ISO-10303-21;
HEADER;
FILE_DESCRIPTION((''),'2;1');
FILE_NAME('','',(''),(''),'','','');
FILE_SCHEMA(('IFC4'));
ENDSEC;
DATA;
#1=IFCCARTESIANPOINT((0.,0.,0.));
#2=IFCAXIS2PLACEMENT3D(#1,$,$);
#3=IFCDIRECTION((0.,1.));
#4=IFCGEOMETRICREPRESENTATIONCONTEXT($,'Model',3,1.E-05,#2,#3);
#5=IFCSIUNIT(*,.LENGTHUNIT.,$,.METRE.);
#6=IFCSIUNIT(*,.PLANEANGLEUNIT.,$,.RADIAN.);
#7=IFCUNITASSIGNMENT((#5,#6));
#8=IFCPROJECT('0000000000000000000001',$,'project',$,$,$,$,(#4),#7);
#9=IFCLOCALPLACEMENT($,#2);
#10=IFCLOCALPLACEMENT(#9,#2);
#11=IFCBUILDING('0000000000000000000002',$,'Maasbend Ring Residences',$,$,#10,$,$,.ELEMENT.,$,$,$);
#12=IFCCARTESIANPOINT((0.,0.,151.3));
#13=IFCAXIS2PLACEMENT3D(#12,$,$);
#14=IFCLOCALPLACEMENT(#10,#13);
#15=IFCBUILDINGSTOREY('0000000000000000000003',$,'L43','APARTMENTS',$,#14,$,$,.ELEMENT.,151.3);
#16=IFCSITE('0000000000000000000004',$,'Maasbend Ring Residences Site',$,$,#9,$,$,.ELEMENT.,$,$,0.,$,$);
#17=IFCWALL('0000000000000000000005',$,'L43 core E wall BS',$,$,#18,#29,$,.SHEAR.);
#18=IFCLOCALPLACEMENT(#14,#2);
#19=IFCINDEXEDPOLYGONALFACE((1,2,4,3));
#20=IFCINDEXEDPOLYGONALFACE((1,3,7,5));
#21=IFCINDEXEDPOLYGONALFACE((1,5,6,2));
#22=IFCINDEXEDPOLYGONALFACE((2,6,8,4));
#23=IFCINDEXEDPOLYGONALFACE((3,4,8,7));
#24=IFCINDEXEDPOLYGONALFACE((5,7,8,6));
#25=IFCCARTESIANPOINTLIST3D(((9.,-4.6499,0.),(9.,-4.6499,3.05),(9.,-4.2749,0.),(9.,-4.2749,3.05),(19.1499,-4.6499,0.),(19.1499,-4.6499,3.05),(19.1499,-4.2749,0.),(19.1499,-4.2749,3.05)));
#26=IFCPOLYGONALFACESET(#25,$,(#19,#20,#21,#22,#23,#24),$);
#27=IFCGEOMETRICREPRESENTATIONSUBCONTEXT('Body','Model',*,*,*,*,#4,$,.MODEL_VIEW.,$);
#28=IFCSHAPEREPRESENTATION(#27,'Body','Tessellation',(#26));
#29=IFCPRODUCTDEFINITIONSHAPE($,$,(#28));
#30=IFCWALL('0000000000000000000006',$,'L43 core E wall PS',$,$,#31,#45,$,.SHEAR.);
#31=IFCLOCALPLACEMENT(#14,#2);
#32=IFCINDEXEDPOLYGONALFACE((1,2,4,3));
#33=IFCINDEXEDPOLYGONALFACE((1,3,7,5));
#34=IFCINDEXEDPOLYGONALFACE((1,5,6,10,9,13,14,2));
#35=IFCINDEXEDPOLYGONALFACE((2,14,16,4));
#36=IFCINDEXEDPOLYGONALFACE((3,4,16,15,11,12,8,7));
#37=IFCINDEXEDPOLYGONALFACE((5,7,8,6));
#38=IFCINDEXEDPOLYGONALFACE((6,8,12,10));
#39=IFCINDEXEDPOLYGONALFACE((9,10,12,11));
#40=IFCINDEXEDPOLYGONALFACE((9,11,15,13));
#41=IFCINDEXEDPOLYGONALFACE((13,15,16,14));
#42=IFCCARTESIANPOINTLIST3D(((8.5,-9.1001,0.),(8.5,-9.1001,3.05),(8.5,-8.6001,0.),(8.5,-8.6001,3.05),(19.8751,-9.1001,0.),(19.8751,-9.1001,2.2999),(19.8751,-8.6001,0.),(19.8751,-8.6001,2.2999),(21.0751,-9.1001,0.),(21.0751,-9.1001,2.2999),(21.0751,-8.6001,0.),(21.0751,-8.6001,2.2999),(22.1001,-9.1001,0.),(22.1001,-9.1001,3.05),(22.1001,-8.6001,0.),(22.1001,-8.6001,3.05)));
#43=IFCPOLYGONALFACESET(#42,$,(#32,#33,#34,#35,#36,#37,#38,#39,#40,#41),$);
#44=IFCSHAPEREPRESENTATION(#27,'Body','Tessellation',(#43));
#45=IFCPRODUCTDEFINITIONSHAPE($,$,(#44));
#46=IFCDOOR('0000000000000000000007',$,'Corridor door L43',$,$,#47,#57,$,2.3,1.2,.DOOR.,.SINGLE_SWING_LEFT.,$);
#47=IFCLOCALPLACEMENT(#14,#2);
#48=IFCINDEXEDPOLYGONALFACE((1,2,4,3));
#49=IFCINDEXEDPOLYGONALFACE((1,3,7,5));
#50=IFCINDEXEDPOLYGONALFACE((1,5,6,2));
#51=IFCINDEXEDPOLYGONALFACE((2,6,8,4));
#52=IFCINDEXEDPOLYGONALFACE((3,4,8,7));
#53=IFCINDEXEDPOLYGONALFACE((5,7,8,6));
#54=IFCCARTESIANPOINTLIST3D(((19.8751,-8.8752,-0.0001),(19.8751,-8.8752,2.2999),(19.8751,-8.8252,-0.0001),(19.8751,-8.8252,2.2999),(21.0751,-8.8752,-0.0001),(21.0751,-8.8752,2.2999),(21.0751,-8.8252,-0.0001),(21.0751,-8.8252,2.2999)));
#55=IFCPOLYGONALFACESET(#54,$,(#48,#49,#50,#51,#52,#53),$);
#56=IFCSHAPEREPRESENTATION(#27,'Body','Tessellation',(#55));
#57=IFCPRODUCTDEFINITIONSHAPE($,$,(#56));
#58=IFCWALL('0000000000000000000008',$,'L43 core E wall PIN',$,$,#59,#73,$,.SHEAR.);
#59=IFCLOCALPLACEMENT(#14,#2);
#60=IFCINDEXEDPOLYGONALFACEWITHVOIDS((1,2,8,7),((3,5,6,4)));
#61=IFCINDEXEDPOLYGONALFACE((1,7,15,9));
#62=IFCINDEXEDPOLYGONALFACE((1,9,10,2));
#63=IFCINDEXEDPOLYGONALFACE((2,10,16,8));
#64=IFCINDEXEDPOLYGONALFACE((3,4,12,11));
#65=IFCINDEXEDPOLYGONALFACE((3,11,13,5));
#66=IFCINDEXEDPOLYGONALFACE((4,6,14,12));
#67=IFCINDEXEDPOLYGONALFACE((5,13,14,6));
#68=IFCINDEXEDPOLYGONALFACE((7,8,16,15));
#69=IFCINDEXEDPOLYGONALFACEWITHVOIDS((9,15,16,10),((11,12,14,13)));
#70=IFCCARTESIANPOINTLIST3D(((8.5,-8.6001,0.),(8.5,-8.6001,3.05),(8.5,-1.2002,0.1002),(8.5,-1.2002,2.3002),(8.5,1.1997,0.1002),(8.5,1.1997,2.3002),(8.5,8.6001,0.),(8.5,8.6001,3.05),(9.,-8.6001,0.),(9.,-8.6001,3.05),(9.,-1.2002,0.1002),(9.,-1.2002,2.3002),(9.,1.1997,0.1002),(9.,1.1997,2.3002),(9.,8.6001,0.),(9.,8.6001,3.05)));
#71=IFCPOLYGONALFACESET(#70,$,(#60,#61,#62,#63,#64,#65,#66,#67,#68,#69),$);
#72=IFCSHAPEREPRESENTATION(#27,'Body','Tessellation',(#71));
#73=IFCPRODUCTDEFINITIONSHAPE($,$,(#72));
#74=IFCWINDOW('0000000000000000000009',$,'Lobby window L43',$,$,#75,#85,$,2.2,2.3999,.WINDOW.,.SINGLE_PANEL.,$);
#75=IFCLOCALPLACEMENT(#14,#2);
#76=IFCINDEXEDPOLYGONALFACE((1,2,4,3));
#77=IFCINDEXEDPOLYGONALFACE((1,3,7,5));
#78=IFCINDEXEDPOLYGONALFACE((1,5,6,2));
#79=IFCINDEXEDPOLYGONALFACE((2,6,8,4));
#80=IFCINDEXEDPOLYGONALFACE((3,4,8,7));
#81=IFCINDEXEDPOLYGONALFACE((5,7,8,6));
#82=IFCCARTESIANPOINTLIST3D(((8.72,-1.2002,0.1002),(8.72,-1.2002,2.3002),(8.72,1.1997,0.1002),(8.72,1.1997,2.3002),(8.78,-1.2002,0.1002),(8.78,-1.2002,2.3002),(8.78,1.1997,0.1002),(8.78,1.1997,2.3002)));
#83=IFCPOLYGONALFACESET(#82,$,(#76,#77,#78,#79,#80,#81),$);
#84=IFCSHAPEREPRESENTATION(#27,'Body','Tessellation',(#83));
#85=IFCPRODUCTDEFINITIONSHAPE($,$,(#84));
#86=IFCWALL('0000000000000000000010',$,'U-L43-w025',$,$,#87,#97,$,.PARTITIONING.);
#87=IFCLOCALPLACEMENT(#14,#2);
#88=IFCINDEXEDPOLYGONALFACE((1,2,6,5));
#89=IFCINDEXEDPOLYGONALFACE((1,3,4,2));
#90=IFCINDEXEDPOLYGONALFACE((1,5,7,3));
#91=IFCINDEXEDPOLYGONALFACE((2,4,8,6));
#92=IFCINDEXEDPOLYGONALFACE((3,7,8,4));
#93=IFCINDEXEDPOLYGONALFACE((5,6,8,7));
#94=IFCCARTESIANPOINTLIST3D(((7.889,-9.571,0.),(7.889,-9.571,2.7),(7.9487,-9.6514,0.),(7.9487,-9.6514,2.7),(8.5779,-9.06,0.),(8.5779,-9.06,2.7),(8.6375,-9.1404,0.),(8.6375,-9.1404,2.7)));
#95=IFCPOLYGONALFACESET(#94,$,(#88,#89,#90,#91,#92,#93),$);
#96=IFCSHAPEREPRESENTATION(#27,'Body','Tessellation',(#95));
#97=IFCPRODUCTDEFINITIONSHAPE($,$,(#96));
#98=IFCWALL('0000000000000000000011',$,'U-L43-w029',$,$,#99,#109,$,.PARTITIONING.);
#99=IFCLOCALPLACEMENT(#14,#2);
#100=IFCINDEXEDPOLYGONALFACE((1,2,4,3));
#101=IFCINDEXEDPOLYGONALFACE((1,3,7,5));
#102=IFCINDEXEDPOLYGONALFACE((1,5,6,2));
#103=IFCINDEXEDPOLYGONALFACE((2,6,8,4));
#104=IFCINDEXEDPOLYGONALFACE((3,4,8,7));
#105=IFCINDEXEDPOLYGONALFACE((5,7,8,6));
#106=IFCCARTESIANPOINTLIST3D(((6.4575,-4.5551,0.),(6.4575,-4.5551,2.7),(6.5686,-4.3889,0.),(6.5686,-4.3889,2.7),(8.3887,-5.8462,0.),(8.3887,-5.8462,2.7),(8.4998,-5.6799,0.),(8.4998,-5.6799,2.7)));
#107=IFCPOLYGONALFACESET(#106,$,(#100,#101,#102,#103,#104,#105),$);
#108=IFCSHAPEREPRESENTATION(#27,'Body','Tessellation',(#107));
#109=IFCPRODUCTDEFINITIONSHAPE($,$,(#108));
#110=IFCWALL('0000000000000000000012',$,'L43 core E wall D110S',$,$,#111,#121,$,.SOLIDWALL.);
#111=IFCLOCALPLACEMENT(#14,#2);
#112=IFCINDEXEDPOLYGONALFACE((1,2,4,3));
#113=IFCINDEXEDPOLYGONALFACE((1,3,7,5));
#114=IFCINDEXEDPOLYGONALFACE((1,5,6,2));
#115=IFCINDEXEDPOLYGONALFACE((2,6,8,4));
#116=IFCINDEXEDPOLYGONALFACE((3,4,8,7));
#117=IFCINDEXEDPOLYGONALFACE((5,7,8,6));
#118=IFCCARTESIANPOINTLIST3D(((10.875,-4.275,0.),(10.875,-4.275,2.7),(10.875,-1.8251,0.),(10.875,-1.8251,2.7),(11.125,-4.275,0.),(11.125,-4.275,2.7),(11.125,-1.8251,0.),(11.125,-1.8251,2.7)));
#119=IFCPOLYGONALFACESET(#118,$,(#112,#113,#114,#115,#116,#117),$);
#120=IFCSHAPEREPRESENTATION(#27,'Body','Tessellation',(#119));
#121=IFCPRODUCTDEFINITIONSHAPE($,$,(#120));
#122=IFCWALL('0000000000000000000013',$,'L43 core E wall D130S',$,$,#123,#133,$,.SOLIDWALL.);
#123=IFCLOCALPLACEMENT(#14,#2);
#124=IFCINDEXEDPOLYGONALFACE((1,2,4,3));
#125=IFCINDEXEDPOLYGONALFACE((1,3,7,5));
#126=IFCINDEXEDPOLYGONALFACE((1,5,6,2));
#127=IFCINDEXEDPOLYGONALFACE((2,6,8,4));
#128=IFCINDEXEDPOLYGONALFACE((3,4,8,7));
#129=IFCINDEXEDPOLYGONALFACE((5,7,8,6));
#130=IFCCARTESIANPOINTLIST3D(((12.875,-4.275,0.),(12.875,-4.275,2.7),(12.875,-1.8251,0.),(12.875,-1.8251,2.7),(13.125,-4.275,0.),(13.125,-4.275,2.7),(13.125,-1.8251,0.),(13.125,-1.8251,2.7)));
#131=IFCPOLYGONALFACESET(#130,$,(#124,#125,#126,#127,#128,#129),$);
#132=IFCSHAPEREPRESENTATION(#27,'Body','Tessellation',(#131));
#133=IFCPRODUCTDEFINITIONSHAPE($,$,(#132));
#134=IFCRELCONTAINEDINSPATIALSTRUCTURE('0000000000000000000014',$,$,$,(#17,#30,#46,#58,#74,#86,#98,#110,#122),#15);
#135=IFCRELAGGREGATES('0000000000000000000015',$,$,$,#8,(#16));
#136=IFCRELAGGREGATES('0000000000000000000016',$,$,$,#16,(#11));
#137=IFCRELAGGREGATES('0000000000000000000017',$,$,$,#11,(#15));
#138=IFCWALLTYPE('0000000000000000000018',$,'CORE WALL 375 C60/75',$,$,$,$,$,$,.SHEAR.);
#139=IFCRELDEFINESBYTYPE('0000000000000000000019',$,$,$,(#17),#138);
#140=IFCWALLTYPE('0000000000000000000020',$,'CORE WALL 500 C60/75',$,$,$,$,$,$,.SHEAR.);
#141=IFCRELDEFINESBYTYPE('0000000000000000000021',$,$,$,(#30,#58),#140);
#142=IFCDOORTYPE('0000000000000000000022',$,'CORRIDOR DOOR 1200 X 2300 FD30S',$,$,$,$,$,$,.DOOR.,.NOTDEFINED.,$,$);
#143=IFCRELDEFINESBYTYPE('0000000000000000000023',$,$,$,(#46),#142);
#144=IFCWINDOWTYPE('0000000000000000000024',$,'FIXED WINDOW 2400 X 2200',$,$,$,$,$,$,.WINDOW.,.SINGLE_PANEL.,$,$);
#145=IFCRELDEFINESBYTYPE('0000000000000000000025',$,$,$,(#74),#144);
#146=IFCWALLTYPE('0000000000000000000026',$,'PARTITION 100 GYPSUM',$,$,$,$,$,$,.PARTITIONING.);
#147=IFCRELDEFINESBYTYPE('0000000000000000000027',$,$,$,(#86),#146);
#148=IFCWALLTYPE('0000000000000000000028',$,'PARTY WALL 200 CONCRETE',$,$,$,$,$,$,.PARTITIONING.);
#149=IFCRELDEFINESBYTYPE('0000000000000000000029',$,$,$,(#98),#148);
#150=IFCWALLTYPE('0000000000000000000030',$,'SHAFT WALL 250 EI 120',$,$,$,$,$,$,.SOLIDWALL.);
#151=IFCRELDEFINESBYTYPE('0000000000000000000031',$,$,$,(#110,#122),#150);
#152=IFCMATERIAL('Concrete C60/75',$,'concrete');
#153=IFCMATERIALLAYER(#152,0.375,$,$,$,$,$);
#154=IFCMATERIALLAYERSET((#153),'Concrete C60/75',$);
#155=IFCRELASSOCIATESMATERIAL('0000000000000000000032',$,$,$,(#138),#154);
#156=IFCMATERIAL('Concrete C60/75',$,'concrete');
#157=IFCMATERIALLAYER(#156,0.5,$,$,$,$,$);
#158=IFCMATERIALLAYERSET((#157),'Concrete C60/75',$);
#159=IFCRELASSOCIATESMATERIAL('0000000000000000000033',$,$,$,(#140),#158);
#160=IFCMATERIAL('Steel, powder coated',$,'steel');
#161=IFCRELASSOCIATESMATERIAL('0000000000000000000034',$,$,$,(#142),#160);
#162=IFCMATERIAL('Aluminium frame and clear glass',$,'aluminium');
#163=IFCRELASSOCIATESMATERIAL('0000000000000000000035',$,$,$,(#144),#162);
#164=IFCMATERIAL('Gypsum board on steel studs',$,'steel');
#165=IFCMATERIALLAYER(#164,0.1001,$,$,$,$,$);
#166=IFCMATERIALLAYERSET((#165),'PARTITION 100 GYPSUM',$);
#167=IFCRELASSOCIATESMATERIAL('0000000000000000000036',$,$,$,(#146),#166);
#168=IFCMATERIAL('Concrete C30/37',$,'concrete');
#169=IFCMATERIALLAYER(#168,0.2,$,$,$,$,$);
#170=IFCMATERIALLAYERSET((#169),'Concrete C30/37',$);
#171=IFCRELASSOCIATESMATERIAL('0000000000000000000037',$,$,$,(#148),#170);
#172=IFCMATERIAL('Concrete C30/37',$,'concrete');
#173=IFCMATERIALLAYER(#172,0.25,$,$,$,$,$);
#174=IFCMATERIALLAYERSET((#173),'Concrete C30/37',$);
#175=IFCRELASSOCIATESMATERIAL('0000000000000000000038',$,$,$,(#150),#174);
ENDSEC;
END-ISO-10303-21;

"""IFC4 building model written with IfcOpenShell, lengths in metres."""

from ifc_helpers import new_model, si_unit, direction, frame, frame_2d, origin, place, context, subcontext, project, spatial, rectangle, extrude, material, layer, layer_set, type_object, element, fill, save


model = new_model("IFC4")

# Units and contexts
model_context = context("Model", 3, precision=1e-05, world=origin(), true_north=direction((0.0, 1.0)))
body_context = subcontext(model_context, "Body", "Model", "MODEL_VIEW")
ifc_project = project(units=[si_unit("LENGTHUNIT", "METRE"), si_unit("PLANEANGLEUNIT", "RADIAN")], contexts=[model_context])

# Site, building, storey
site_placement = place(None, origin())
site = spatial("IfcSite", under=ifc_project, at=site_placement, Name="Maasbend Ring Residences Site", CompositionType="ELEMENT", RefElevation=0.0)
building_placement = place(site_placement, origin())
building = spatial("IfcBuilding", under=site, at=building_placement, Name="Maasbend Ring Residences", CompositionType="ELEMENT")
storey_placement = place(building_placement, frame((0.0, 0.0, 151.3)))
storey = spatial("IfcBuildingStorey", under=building, at=storey_placement, Name="L43", Description="APARTMENTS", CompositionType="ELEMENT", Elevation=151.3)

# Wall
ifc_material_1 = material(Name="Concrete C60/75", Category="concrete")
ifc_layer_1 = layer(ifc_material_1, 0.375)
ifc_layer_set_1 = layer_set([ifc_layer_1], Name="Concrete C60/75")
wall_type_1 = type_object("IfcWallType", Name="CORE WALL 375 C60/75", PredefinedType="SHEAR", material=ifc_layer_set_1)
wall_1_placement = place(storey_placement, frame((9.0, -4.4624, 0.0), z_axis=(0.0, 0.0, 1.0), x_axis=(1.0, 0.0, 0.0)))
element("IfcWall", 1, at=wall_1_placement, inside=storey, type_object=wall_type_1, Name="L43 core E wall BS", PredefinedType="SHEAR", context=body_context, shape_type="SweptSolid", body=[
    extrude(rectangle(XDim=10.1499, YDim=0.375, at=frame_2d((5.075, 0.0))), origin(), (0.0, 0.0, 1.0), 3.05),
])

# Wall, opening, door
ifc_material_2 = material(Name="Concrete C60/75", Category="concrete")
ifc_layer_2 = layer(ifc_material_2, 0.5)
ifc_layer_set_2 = layer_set([ifc_layer_2], Name="Concrete C60/75")
wall_type_2 = type_object("IfcWallType", Name="CORE WALL 500 C60/75", PredefinedType="SHEAR", material=ifc_layer_set_2)
wall_2_placement = place(storey_placement, frame((8.5, -8.8501, 0.0), z_axis=(0.0, 0.0, 1.0), x_axis=(1.0, 0.0, 0.0)))
wall_2 = element("IfcWall", 2, at=wall_2_placement, inside=storey, type_object=wall_type_2, Name="L43 core E wall PS", PredefinedType="SHEAR", context=body_context, shape_type="SweptSolid", body=[
    extrude(rectangle(XDim=13.6001, YDim=0.5, at=frame_2d((6.8, 0.0))), origin(), (0.0, 0.0, 1.0), 3.05),
])
opening_1_placement = place(wall_2_placement, frame((11.375, 0.0, 0.0)))
opening_1 = element("IfcOpeningElement", 3, at=opening_1_placement, cuts=wall_2, PredefinedType="OPENING", context=body_context, shape_type="SweptSolid", body=[
    extrude(rectangle(XDim=1.2, YDim=2.3, at=frame_2d((0.6001, 1.1499))), frame((0.0, 0.26, 0.0), z_axis=(0.0, -1.0, 0.0), x_axis=(1.0, 0.0, 0.0)), (0.0, 0.0, 1.0), 0.52),
])
ifc_material_3 = material(Name="Steel, powder coated", Category="steel")
door_type = type_object("IfcDoorType", Name="CORRIDOR DOOR 1200 X 2300 FD30S", OperationType="NOTDEFINED", PredefinedType="DOOR", material=ifc_material_3)
door_placement = place(opening_1_placement, origin())
door = element("IfcDoor", 4, at=door_placement, inside=storey, type_object=door_type, Name="Corridor door L43", OperationType="SINGLE_SWING_LEFT", OverallHeight=2.3, OverallWidth=1.2, PredefinedType="DOOR", context=body_context, shape_type="SweptSolid", body=[
    extrude(rectangle(XDim=1.2, YDim=2.3, at=frame_2d((0.6001, 1.1499))), frame((0.0, 0.0249, 0.0), z_axis=(0.0, -1.0, 0.0), x_axis=(1.0, 0.0, 0.0)), (0.0, 0.0, 1.0), 0.05),
])
fill(opening_1, door)

# Wall, opening, window
wall_3_placement = place(storey_placement, frame((8.75, -8.6001, 0.0), z_axis=(0.0, 0.0, 1.0), x_axis=(0.0, 1.0, 0.0)))
wall_3 = element("IfcWall", 5, at=wall_3_placement, inside=storey, type_object=wall_type_2, Name="L43 core E wall PIN", PredefinedType="SHEAR", context=body_context, shape_type="SweptSolid", body=[
    extrude(rectangle(XDim=17.2002, YDim=0.5, at=frame_2d((8.6001, 0.0))), origin(), (0.0, 0.0, 1.0), 3.05),
])
opening_2_placement = place(wall_3_placement, frame((7.3999, 0.0, 0.1001)))
opening_2 = element("IfcOpeningElement", 6, at=opening_2_placement, cuts=wall_3, PredefinedType="OPENING", context=body_context, shape_type="SweptSolid", body=[
    extrude(rectangle(XDim=2.3999, YDim=2.2, at=frame_2d((1.2, 1.1001))), frame((0.0, 0.26, 0.0), z_axis=(0.0, -1.0, 0.0), x_axis=(1.0, 0.0, 0.0)), (0.0, 0.0, 1.0), 0.52),
])
ifc_material_4 = material(Name="Aluminium frame and clear glass", Category="aluminium")
window_type = type_object("IfcWindowType", Name="FIXED WINDOW 2400 X 2200", PartitioningType="SINGLE_PANEL", PredefinedType="WINDOW", material=ifc_material_4)
window_placement = place(opening_2_placement, origin())
window = element("IfcWindow", 7, at=window_placement, inside=storey, type_object=window_type, Name="Lobby window L43", OverallHeight=2.2, OverallWidth=2.3999, PartitioningType="SINGLE_PANEL", PredefinedType="WINDOW", context=body_context, shape_type="SweptSolid", body=[
    extrude(rectangle(XDim=2.3999, YDim=2.2, at=frame_2d((1.2, 1.1001))), frame((0.0, 0.03, 0.0), z_axis=(0.0, -1.0, 0.0), x_axis=(1.0, 0.0, 0.0)), (0.0, 0.0, 1.0), 0.0601),
])
fill(opening_2, window)

# Walls
ifc_material_5 = material(Name="Gypsum board on steel studs", Category="steel")
ifc_layer_3 = layer(ifc_material_5, 0.1001)
ifc_layer_set_3 = layer_set([ifc_layer_3], Name="PARTITION 100 GYPSUM")
wall_type_3 = type_object("IfcWallType", Name="PARTITION 100 GYPSUM", PredefinedType="PARTITIONING", material=ifc_layer_set_3)
wall_4_placement = place(storey_placement, frame((7.9189, -9.6111, 0.0), z_axis=(0.0, 0.0, 1.0), x_axis=(0.803199, 0.595711, 0.0)))
element("IfcWall", 8, at=wall_4_placement, inside=storey, type_object=wall_type_3, Name="U-L43-w025", PredefinedType="PARTITIONING", context=body_context, shape_type="SweptSolid", body=[
    extrude(rectangle(XDim=0.8577, YDim=0.1001, at=frame_2d((0.4287, 0.0))), origin(), (0.0, 0.0, 1.0), 2.7),
])
ifc_material_6 = material(Name="Concrete C30/37", Category="concrete")
ifc_layer_4 = layer(ifc_material_6, 0.2)
ifc_layer_set_4 = layer_set([ifc_layer_4], Name="Concrete C30/37")
wall_type_4 = type_object("IfcWallType", Name="PARTY WALL 200 CONCRETE", PredefinedType="PARTITIONING", material=ifc_layer_set_4)
wall_5_placement = place(storey_placement, frame((6.5129, -4.4719, 0.0), z_axis=(0.0, 0.0, 1.0), x_axis=(0.831338, -0.555767, 0.0)))
element("IfcWall", 9, at=wall_5_placement, inside=storey, type_object=wall_type_4, Name="U-L43-w029", PredefinedType="PARTITIONING", context=body_context, shape_type="SweptSolid", body=[
    extrude(rectangle(XDim=2.323, YDim=0.2, at=frame_2d((1.1616, 0.0))), origin(), (0.0, 0.0, 1.0), 2.7),
])
ifc_material_7 = material(Name="Concrete C30/37", Category="concrete")
ifc_layer_5 = layer(ifc_material_7, 0.25)
ifc_layer_set_5 = layer_set([ifc_layer_5], Name="Concrete C30/37")
wall_type_5 = type_object("IfcWallType", Name="SHAFT WALL 250 EI 120", PredefinedType="SOLIDWALL", material=ifc_layer_set_5)
for number, where, z_axis, x_axis, name in (
    (10, (11.0, -1.825, 0.0), (0.0, 0.0, 1.0), (0.0, -1.0, 0.0), "L43 core E wall D110S"),
    (11, (13.0, -1.825, 0.0), (0.0, 0.0, 1.0), (0.0, -1.0, 0.0), "L43 core E wall D130S"),
):
    element("IfcWall", number, at=place(storey_placement, frame(where, z_axis=z_axis, x_axis=x_axis)), inside=storey, type_object=wall_type_5, Name=name, PredefinedType="SOLIDWALL", context=body_context, shape_type="SweptSolid", body=[
        extrude(rectangle(XDim=2.45, YDim=0.25, at=frame_2d((1.2251, 0.0))), origin(), (0.0, 0.0, 1.0), 2.7),
    ])

save(model, "model.ifc")
